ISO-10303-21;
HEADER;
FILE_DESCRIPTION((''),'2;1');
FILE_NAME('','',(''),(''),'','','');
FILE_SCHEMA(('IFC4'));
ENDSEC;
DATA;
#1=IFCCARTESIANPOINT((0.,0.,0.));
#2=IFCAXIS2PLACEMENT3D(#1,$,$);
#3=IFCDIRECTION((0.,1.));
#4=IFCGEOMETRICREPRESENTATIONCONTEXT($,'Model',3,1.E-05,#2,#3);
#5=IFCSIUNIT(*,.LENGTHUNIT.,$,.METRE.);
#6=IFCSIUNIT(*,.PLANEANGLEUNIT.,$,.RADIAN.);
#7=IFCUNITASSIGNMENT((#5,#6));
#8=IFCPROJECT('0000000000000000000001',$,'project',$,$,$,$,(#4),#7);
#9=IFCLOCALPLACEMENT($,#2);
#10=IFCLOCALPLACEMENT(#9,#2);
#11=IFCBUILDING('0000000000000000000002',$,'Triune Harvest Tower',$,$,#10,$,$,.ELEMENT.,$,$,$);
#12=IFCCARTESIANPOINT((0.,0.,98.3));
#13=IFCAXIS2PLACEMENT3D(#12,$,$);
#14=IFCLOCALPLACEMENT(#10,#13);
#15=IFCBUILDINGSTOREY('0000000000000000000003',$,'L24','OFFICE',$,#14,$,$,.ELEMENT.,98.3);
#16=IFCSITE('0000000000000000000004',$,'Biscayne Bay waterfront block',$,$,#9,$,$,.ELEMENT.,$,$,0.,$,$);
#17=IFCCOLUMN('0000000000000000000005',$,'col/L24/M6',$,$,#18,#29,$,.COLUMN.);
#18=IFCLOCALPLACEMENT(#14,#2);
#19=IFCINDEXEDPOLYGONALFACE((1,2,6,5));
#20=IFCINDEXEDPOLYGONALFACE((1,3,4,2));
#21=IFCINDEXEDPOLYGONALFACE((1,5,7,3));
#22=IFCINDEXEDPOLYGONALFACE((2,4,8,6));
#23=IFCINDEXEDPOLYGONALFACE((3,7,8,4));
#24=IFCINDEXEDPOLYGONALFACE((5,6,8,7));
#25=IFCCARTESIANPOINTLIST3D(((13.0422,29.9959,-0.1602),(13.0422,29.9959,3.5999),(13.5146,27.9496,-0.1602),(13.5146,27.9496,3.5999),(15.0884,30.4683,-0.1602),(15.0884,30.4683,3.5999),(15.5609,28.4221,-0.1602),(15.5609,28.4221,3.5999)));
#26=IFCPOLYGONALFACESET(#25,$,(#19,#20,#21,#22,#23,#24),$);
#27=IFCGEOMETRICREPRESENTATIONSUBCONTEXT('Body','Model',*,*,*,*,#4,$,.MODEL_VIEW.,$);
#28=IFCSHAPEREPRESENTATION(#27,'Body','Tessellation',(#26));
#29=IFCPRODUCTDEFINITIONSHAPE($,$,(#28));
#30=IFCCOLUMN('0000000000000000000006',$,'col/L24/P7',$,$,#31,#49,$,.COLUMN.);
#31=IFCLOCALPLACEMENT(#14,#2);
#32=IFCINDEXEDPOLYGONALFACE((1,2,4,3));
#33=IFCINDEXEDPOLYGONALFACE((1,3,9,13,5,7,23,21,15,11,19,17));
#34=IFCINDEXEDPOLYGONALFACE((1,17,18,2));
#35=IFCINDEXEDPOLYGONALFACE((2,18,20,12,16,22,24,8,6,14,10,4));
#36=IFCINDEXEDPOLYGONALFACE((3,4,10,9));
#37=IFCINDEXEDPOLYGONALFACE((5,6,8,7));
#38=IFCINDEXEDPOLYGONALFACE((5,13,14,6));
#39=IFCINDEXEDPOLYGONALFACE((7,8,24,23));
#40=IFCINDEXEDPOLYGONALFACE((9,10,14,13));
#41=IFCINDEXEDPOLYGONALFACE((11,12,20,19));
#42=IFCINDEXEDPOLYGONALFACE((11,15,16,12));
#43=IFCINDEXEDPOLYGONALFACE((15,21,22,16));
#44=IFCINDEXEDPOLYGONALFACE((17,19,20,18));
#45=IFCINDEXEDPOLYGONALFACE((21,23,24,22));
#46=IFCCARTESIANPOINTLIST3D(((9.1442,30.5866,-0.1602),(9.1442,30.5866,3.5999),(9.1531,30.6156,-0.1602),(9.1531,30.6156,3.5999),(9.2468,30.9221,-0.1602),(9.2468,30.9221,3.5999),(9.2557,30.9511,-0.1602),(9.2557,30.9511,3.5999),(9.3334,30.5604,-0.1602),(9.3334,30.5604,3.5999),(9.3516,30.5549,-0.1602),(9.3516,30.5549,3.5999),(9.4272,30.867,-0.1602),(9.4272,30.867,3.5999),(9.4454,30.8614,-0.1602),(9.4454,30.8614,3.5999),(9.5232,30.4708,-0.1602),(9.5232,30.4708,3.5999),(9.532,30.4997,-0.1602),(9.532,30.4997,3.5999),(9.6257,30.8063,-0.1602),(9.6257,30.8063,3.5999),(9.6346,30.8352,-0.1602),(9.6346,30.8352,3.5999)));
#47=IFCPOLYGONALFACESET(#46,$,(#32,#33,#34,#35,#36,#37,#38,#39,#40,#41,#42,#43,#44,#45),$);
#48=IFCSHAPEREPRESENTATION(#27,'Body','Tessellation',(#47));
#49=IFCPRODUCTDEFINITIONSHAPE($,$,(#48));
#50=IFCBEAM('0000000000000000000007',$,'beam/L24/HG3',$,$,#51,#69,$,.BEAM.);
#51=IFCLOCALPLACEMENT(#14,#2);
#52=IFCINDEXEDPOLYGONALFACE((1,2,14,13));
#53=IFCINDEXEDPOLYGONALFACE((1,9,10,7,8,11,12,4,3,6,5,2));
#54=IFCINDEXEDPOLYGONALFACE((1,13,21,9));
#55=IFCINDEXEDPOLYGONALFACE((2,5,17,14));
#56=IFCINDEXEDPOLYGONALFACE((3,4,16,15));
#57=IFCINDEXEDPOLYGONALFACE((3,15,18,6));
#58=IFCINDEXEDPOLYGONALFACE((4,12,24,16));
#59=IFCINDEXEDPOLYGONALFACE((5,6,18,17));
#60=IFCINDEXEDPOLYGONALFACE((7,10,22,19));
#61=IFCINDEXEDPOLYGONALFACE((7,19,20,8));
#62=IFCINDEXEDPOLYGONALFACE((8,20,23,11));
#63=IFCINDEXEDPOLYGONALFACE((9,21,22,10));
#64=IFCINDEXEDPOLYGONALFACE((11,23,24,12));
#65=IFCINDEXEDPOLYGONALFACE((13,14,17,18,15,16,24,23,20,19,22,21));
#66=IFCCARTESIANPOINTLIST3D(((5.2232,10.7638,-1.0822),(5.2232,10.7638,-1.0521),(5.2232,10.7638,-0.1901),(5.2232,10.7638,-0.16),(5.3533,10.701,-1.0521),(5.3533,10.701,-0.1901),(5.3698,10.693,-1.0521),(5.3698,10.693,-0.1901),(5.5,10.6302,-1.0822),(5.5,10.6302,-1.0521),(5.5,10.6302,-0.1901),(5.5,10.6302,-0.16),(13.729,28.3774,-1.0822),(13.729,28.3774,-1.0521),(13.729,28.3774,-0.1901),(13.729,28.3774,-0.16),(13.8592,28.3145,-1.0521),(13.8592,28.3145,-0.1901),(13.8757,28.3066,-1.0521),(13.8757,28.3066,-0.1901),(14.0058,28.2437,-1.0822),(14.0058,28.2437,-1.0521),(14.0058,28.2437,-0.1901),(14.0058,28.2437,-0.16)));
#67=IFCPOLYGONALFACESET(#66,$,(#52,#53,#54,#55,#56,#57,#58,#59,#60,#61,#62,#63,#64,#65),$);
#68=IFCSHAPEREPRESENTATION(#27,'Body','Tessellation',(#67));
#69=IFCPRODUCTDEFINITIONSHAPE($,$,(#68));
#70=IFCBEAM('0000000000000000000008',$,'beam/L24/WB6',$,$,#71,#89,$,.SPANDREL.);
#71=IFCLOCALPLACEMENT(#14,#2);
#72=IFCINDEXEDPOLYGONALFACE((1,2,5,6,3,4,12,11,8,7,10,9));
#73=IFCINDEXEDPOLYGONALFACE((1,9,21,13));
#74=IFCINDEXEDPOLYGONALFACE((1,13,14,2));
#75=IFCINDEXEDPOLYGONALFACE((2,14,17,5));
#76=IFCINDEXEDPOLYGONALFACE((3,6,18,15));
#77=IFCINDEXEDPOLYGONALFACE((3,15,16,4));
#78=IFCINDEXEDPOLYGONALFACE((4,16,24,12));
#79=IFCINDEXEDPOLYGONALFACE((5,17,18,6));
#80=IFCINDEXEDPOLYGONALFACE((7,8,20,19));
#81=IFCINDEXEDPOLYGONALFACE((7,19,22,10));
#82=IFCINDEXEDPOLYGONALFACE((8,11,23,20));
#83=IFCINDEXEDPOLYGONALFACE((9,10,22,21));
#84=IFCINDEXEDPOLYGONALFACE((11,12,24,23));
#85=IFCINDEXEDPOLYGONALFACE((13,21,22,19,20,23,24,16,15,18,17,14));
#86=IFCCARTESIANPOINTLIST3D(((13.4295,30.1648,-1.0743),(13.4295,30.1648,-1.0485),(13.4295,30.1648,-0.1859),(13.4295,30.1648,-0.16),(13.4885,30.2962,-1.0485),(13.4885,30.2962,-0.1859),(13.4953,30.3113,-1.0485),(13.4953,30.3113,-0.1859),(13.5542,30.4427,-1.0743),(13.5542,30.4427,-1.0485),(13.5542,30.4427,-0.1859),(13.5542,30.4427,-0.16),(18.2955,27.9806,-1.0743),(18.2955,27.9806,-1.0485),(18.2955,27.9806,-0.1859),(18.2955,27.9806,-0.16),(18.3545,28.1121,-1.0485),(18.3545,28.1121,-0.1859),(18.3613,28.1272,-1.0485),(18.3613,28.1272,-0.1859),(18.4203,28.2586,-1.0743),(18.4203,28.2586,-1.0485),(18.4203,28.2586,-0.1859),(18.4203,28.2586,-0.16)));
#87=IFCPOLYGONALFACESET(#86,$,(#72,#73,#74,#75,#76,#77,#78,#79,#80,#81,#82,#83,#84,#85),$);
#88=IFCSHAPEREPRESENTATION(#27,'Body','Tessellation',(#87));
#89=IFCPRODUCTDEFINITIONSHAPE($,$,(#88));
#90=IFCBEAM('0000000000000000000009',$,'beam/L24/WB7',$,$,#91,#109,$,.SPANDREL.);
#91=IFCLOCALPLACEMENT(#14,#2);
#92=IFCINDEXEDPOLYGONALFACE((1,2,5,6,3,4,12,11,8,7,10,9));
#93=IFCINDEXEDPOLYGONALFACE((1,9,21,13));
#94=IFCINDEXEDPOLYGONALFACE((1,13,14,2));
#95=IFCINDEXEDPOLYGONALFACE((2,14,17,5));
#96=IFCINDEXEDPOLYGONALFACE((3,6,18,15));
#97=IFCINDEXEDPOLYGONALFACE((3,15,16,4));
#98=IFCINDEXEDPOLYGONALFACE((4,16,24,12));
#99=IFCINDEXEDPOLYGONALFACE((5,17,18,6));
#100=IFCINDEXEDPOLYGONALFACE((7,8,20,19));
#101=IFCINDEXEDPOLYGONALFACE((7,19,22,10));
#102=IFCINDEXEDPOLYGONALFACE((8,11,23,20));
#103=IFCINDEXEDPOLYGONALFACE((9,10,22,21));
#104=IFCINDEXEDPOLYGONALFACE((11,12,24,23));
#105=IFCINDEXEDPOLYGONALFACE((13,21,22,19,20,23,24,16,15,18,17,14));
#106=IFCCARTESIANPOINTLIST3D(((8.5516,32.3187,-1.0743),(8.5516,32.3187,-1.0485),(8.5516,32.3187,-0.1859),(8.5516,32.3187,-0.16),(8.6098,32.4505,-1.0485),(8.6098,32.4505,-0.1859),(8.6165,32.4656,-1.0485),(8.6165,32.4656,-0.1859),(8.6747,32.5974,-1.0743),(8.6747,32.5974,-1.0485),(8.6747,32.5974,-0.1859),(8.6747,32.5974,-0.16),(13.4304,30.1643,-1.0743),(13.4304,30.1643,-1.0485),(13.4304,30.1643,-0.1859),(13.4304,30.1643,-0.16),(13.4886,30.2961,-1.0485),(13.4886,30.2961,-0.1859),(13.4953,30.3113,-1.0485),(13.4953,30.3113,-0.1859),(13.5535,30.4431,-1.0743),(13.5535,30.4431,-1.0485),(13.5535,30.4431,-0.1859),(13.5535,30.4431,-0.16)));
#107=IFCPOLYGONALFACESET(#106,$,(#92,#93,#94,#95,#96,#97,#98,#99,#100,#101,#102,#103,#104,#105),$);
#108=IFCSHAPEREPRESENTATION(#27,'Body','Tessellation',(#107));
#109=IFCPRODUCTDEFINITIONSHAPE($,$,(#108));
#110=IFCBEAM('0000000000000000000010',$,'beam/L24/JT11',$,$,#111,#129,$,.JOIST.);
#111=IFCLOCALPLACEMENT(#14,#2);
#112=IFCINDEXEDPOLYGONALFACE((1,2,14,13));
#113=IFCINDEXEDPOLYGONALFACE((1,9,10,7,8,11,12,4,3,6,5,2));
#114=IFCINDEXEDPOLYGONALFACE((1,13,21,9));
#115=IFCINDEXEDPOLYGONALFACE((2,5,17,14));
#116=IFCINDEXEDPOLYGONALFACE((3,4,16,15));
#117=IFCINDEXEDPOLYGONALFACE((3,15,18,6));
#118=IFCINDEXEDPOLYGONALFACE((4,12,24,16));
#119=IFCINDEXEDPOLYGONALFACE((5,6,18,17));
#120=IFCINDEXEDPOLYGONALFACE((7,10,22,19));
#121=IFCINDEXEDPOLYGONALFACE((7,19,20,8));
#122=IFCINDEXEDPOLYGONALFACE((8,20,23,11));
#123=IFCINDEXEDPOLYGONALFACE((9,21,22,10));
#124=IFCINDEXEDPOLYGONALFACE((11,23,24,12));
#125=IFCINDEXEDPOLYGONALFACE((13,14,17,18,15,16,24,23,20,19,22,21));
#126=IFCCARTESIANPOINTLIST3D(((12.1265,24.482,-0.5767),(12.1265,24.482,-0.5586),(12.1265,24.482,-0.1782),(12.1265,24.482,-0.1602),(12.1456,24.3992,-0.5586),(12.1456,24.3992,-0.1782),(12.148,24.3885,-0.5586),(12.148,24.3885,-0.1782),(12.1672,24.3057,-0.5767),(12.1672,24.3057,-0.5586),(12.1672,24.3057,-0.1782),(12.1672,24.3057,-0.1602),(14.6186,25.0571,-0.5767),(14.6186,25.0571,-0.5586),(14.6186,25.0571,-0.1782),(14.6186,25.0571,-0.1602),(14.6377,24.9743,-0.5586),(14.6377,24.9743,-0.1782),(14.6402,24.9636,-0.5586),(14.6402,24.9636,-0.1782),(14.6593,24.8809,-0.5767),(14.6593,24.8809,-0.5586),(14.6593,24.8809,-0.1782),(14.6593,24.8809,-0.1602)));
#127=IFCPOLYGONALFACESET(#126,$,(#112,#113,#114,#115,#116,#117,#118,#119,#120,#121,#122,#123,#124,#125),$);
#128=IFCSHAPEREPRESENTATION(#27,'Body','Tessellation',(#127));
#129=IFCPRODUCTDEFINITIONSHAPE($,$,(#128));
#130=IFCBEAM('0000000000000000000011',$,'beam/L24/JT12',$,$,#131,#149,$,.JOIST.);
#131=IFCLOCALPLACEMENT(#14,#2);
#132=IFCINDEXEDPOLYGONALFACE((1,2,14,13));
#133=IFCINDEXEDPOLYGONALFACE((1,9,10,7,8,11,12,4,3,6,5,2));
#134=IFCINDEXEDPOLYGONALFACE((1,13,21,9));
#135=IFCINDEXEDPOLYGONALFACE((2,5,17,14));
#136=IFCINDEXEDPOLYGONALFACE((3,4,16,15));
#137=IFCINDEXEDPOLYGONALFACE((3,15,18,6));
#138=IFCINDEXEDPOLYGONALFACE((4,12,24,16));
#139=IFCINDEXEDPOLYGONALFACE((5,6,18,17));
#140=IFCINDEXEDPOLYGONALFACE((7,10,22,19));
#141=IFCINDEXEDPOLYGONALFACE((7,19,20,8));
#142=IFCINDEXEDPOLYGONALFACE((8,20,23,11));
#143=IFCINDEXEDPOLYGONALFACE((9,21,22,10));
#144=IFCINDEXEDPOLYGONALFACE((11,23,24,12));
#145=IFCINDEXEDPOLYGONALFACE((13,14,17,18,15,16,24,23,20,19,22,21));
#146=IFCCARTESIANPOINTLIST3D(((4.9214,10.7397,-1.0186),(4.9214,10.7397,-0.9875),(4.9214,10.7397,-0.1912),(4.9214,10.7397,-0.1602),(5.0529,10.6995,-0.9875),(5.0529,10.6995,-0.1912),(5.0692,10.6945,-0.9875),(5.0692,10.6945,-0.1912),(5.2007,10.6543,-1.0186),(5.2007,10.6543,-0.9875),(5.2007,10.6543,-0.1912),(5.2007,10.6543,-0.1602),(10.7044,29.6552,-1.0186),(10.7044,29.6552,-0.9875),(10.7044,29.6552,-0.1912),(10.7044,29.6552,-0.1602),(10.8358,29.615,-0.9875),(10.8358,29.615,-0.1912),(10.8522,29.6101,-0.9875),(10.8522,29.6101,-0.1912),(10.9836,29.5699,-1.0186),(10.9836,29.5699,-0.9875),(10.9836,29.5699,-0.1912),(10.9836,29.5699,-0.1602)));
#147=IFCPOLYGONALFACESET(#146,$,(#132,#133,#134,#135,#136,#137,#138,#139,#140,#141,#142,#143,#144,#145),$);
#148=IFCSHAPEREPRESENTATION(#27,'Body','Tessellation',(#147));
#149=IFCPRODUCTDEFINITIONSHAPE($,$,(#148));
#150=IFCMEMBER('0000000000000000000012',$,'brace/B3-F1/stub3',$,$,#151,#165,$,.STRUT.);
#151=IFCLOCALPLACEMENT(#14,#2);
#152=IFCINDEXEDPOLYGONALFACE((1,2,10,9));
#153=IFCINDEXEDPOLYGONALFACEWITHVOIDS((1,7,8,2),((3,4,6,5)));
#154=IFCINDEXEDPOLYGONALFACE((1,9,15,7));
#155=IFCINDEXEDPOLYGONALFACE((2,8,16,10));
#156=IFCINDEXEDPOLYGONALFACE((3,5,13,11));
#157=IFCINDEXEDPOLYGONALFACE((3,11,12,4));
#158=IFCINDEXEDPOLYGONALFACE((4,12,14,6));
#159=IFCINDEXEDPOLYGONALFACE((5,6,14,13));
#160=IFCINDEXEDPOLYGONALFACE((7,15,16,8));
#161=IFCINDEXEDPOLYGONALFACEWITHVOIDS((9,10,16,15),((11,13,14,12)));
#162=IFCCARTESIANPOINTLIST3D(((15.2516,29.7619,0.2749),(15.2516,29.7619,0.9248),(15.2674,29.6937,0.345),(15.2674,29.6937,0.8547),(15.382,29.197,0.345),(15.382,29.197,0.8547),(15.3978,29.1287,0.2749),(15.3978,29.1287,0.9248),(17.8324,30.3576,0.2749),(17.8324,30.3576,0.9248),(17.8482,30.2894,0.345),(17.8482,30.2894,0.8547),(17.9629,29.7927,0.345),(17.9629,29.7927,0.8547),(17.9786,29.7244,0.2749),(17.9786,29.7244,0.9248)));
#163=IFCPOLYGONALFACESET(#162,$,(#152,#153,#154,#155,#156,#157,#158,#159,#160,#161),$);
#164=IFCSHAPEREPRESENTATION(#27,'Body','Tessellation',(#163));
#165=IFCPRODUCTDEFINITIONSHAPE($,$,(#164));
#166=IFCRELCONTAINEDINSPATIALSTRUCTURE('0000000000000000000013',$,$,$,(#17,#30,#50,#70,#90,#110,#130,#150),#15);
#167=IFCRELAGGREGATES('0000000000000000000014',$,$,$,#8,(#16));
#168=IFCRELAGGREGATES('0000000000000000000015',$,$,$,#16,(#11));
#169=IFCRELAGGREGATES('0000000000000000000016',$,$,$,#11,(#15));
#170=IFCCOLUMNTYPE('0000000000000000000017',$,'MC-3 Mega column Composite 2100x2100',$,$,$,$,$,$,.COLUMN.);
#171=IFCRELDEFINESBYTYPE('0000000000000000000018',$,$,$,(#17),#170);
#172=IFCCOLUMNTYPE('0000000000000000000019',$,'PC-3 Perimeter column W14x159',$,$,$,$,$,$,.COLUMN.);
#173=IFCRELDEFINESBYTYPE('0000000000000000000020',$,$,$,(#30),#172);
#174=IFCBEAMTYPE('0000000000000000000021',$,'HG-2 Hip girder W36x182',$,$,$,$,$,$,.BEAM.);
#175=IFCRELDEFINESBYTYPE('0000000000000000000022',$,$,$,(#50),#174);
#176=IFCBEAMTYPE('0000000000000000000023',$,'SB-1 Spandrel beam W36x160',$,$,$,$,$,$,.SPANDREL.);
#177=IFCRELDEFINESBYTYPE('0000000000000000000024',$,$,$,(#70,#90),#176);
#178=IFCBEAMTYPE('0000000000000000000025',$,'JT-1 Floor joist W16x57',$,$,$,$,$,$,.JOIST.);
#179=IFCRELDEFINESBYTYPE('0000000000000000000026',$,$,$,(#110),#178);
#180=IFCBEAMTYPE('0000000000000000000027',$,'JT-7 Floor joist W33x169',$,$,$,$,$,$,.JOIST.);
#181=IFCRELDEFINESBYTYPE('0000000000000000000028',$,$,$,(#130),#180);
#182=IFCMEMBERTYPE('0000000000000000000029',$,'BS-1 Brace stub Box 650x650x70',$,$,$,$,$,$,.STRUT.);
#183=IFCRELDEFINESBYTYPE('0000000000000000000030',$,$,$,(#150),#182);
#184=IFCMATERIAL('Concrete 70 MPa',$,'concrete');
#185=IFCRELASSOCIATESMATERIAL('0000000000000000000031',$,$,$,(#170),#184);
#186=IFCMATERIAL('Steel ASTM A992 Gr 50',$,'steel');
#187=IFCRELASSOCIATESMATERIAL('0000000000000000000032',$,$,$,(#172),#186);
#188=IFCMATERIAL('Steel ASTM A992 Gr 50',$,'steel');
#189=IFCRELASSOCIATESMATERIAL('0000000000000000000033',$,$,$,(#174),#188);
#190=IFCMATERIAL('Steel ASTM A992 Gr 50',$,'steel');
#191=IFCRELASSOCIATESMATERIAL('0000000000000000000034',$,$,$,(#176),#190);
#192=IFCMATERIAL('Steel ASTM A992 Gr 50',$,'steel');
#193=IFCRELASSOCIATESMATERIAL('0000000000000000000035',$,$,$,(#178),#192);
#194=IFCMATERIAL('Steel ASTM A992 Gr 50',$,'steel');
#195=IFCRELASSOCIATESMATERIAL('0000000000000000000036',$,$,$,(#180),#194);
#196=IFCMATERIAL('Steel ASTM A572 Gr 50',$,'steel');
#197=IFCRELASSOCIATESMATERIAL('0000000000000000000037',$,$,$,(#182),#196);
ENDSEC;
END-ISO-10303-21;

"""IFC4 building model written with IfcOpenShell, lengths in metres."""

from ifc_helpers import new_model, si_unit, direction, frame, origin, origin_2d, place, context, subcontext, project, spatial, rectangle, hollow_rectangle, i_section, extrude, source, transform, mapped, material, material_profile, profile_set, type_object, element, save


model = new_model("IFC4")

# Units and contexts
model_context = context("Model", 3, precision=1e-05, world=origin(), true_north=direction((0.0, 1.0)))
body_context = subcontext(model_context, "Body", "Model", "MODEL_VIEW")
ifc_project = project(units=[si_unit("LENGTHUNIT", "METRE"), si_unit("PLANEANGLEUNIT", "RADIAN")], contexts=[model_context])

# Site, building, storey
site_placement = place(None, origin())
site = spatial("IfcSite", under=ifc_project, at=site_placement, Name="Biscayne Bay waterfront block", CompositionType="ELEMENT", RefElevation=0.0)
building_placement = place(site_placement, origin())
building = spatial("IfcBuilding", under=site, at=building_placement, Name="Triune Harvest Tower", CompositionType="ELEMENT")
storey_placement = place(building_placement, frame((0.0, 0.0, 98.3)))
storey = spatial("IfcBuildingStorey", under=building, at=storey_placement, Name="L24", Description="OFFICE", CompositionType="ELEMENT", Elevation=98.3)

# Columns
ifc_material_1 = material(Name="Concrete 70 MPa", Category="concrete")
ifc_material_profile_1 = material_profile(ifc_material_1, rectangle(XDim=2.1001, YDim=2.1001, at=origin_2d()), Name="Composite 2100x2100")
ifc_profile_set_1 = profile_set([ifc_material_profile_1], Name="Concrete 70 MPa")
column_type_1 = type_object("IfcColumnType", Name="MC-3 Mega column Composite 2100x2100", PredefinedType="COLUMN", material=ifc_profile_set_1)
shared_shape_1 = source(origin(), body_context, "Body", "SweptSolid", [
    extrude(rectangle(XDim=2.1001, YDim=2.1001, at=origin_2d()), origin(), (0.0, 0.0, 1.0), 3.76),
])
column_1_placement = place(storey_placement, frame((14.3015, 29.209, -0.1602), z_axis=(0.0, 0.0, 1.0), x_axis=(-0.224953, 0.97437, 0.0)))
element("IfcColumn", 1, at=column_1_placement, inside=storey, type_object=column_type_1, Name="col/L24/M6", PredefinedType="COLUMN", context=body_context, shape_type="MappedRepresentation", body=[
    mapped(shared_shape_1, transform((0.0, 0.0, 0.0), scale=1.0)),
])
ifc_material_2 = material(Name="Steel ASTM A992 Gr 50", Category="steel")
ifc_material_profile_2 = material_profile(ifc_material_2, i_section(OverallWidth=0.3962, OverallDepth=0.3811, WebThickness=0.019, FlangeThickness=0.0303, at=origin_2d()), Name="W14x159")
ifc_profile_set_2 = profile_set([ifc_material_profile_2], Name="Steel ASTM A992 Gr 50")
column_type_2 = type_object("IfcColumnType", Name="PC-3 Perimeter column W14x159", PredefinedType="COLUMN", material=ifc_profile_set_2)
shared_shape_2 = source(origin(), body_context, "Body", "SweptSolid", [
    extrude(i_section(OverallWidth=0.3962, OverallDepth=0.3811, WebThickness=0.019, FlangeThickness=0.0303, at=origin_2d()), origin(), (0.0, 0.0, 1.0), 3.76),
])
column_2_placement = place(storey_placement, frame((9.3894, 30.7109, -0.1602), z_axis=(0.0, 0.0, 1.0), x_axis=(-0.956305, 0.292372, 0.0)))
element("IfcColumn", 2, at=column_2_placement, inside=storey, type_object=column_type_2, Name="col/L24/P7", PredefinedType="COLUMN", context=body_context, shape_type="MappedRepresentation", body=[
    mapped(shared_shape_2, transform((0.0, 0.0, 0.0), scale=1.0)),
])

# Beams
ifc_material_3 = material(Name="Steel ASTM A992 Gr 50", Category="steel")
ifc_material_profile_3 = material_profile(ifc_material_3, i_section(OverallWidth=0.3074, OverallDepth=0.9221, WebThickness=0.0183, FlangeThickness=0.03, at=origin_2d()), Name="W36x182")
ifc_profile_set_3 = profile_set([ifc_material_profile_3], Name="Steel ASTM A992 Gr 50")
beam_type_1 = type_object("IfcBeamType", Name="HG-2 Hip girder W36x182", PredefinedType="BEAM", material=ifc_profile_set_3)
beam_1_placement = place(storey_placement, frame((13.8674, 28.3105, -0.6211), z_axis=(-0.434864, -0.900496, 0.0), x_axis=(0.900496, -0.434864, 0.0)))
element("IfcBeam", 3, at=beam_1_placement, inside=storey, type_object=beam_type_1, Name="beam/L24/HG3", PredefinedType="BEAM", context=body_context, shape_type="SweptSolid", body=[
    extrude(i_section(OverallWidth=0.3074, OverallDepth=0.9221, WebThickness=0.0183, FlangeThickness=0.03, at=origin_2d()), origin(), (0.0, 0.0, 1.0), 19.5598),
])
ifc_material_4 = material(Name="Steel ASTM A992 Gr 50", Category="steel")
ifc_material_profile_4 = material_profile(ifc_material_4, i_section(OverallWidth=0.3047, OverallDepth=0.9143, WebThickness=0.0166, FlangeThickness=0.0259, at=origin_2d()), Name="W36x160")
ifc_profile_set_4 = profile_set([ifc_material_profile_4], Name="Steel ASTM A992 Gr 50")
beam_type_2 = type_object("IfcBeamType", Name="SB-1 Spandrel beam W36x160", PredefinedType="SPANDREL", material=ifc_profile_set_4)
beam_2_placement = place(storey_placement, frame((18.3579, 28.1196, -0.6172), z_axis=(-0.912314, 0.409491, 0.0), x_axis=(-0.409491, -0.912314, 0.0)))
element("IfcBeam", 4, at=beam_2_placement, inside=storey, type_object=beam_type_2, Name="beam/L24/WB6", PredefinedType="SPANDREL", context=body_context, shape_type="SweptSolid", body=[
    extrude(i_section(OverallWidth=0.3047, OverallDepth=0.9143, WebThickness=0.0166, FlangeThickness=0.0259, at=origin_2d()), origin(), (0.0, 0.0, 1.0), 5.3337),
])
shared_shape_3 = source(origin(), body_context, "Body", "SweptSolid", [
    extrude(i_section(OverallWidth=0.3047, OverallDepth=0.9143, WebThickness=0.0166, FlangeThickness=0.0259, at=origin_2d()), origin(), (0.0, 0.0, 1.0), 5.3333),
])
beam_3_placement = place(storey_placement, frame((13.4919, 30.3037, -0.6172), z_axis=(-0.914783, 0.403946, 0.0), x_axis=(-0.403946, -0.914783, 0.0)))
element("IfcBeam", 5, at=beam_3_placement, inside=storey, type_object=beam_type_2, Name="beam/L24/WB7", PredefinedType="SPANDREL", context=body_context, shape_type="MappedRepresentation", body=[
    mapped(shared_shape_3, transform((0.0, 0.0, 0.0), scale=1.0)),
])
ifc_material_5 = material(Name="Steel ASTM A992 Gr 50", Category="steel")
ifc_material_profile_5 = material_profile(ifc_material_5, i_section(OverallWidth=0.1809, OverallDepth=0.4165, WebThickness=0.011, FlangeThickness=0.0181, at=origin_2d()), Name="W16x57")
ifc_profile_set_5 = profile_set([ifc_material_profile_5], Name="Steel ASTM A992 Gr 50")
beam_type_3 = type_object("IfcBeamType", Name="JT-1 Floor joist W16x57", PredefinedType="JOIST", material=ifc_profile_set_5)
shared_shape_4 = source(origin(), body_context, "Body", "SweptSolid", [
    extrude(i_section(OverallWidth=0.1809, OverallDepth=0.4165, WebThickness=0.011, FlangeThickness=0.0181, at=origin_2d()), origin(), (0.0, 0.0, 1.0), 2.5576),
])
beam_4_placement = place(storey_placement, frame((14.6389, 24.969, -0.3684), z_axis=(-0.974385, -0.224887, 0.0), x_axis=(0.224887, -0.974385, 0.0)))
element("IfcBeam", 6, at=beam_4_placement, inside=storey, type_object=beam_type_3, Name="beam/L24/JT11", PredefinedType="JOIST", context=body_context, shape_type="MappedRepresentation", body=[
    mapped(shared_shape_4, transform((0.0, 0.0, 0.0), scale=1.0)),
])
ifc_material_6 = material(Name="Steel ASTM A992 Gr 50", Category="steel")
ifc_material_profile_6 = material_profile(ifc_material_6, i_section(OverallWidth=0.292, OverallDepth=0.8584, WebThickness=0.0171, FlangeThickness=0.031, at=origin_2d()), Name="W33x169")
ifc_profile_set_6 = profile_set([ifc_material_profile_6], Name="Steel ASTM A992 Gr 50")
beam_type_4 = type_object("IfcBeamType", Name="JT-7 Floor joist W33x169", PredefinedType="JOIST", material=ifc_profile_set_6)
shared_shape_5 = source(origin(), body_context, "Body", "SweptSolid", [
    extrude(i_section(OverallWidth=0.292, OverallDepth=0.8584, WebThickness=0.0171, FlangeThickness=0.031, at=origin_2d()), origin(), (0.0, 0.0, 1.0), 19.7798),
])
beam_5_placement = place(storey_placement, frame((10.844, 29.6125, -0.5894), z_axis=(-0.292367, -0.956306, 0.0), x_axis=(0.956306, -0.292367, 0.0)))
element("IfcBeam", 7, at=beam_5_placement, inside=storey, type_object=beam_type_4, Name="beam/L24/JT12", PredefinedType="JOIST", context=body_context, shape_type="MappedRepresentation", body=[
    mapped(shared_shape_5, transform((0.0, 0.0, 0.0), scale=1.0)),
])

# Member
ifc_material_7 = material(Name="Steel ASTM A572 Gr 50", Category="steel")
ifc_material_profile_7 = material_profile(ifc_material_7, hollow_rectangle(XDim=0.6499, YDim=0.6499, WallThickness=0.0701, at=origin_2d()), Name="Box 650x650x70")
ifc_profile_set_7 = profile_set([ifc_material_profile_7], Name="Steel ASTM A572 Gr 50")
member_type_1 = type_object("IfcMemberType", Name="BS-1 Brace stub Box 650x650x70", PredefinedType="STRUT", material=ifc_profile_set_7)
shared_shape_6 = source(origin(), body_context, "Body", "SweptSolid", [
    extrude(hollow_rectangle(XDim=0.6499, YDim=0.6499, WallThickness=0.0701, at=origin_2d()), origin(), (0.0, 0.0, 1.0), 2.6487),
])
member_1_placement = place(storey_placement, frame((15.3247, 29.4453, 0.5999), z_axis=(0.97438, 0.224907, 0.0), x_axis=(-0.224907, 0.97438, 0.0)))
element("IfcMember", 8, at=member_1_placement, inside=storey, type_object=member_type_1, Name="brace/B3-F1/stub3", PredefinedType="STRUT", context=body_context, shape_type="MappedRepresentation", body=[
    mapped(shared_shape_6, transform((0.0, 0.0, 0.0), scale=1.0)),
])

save(model, "model.ifc")
